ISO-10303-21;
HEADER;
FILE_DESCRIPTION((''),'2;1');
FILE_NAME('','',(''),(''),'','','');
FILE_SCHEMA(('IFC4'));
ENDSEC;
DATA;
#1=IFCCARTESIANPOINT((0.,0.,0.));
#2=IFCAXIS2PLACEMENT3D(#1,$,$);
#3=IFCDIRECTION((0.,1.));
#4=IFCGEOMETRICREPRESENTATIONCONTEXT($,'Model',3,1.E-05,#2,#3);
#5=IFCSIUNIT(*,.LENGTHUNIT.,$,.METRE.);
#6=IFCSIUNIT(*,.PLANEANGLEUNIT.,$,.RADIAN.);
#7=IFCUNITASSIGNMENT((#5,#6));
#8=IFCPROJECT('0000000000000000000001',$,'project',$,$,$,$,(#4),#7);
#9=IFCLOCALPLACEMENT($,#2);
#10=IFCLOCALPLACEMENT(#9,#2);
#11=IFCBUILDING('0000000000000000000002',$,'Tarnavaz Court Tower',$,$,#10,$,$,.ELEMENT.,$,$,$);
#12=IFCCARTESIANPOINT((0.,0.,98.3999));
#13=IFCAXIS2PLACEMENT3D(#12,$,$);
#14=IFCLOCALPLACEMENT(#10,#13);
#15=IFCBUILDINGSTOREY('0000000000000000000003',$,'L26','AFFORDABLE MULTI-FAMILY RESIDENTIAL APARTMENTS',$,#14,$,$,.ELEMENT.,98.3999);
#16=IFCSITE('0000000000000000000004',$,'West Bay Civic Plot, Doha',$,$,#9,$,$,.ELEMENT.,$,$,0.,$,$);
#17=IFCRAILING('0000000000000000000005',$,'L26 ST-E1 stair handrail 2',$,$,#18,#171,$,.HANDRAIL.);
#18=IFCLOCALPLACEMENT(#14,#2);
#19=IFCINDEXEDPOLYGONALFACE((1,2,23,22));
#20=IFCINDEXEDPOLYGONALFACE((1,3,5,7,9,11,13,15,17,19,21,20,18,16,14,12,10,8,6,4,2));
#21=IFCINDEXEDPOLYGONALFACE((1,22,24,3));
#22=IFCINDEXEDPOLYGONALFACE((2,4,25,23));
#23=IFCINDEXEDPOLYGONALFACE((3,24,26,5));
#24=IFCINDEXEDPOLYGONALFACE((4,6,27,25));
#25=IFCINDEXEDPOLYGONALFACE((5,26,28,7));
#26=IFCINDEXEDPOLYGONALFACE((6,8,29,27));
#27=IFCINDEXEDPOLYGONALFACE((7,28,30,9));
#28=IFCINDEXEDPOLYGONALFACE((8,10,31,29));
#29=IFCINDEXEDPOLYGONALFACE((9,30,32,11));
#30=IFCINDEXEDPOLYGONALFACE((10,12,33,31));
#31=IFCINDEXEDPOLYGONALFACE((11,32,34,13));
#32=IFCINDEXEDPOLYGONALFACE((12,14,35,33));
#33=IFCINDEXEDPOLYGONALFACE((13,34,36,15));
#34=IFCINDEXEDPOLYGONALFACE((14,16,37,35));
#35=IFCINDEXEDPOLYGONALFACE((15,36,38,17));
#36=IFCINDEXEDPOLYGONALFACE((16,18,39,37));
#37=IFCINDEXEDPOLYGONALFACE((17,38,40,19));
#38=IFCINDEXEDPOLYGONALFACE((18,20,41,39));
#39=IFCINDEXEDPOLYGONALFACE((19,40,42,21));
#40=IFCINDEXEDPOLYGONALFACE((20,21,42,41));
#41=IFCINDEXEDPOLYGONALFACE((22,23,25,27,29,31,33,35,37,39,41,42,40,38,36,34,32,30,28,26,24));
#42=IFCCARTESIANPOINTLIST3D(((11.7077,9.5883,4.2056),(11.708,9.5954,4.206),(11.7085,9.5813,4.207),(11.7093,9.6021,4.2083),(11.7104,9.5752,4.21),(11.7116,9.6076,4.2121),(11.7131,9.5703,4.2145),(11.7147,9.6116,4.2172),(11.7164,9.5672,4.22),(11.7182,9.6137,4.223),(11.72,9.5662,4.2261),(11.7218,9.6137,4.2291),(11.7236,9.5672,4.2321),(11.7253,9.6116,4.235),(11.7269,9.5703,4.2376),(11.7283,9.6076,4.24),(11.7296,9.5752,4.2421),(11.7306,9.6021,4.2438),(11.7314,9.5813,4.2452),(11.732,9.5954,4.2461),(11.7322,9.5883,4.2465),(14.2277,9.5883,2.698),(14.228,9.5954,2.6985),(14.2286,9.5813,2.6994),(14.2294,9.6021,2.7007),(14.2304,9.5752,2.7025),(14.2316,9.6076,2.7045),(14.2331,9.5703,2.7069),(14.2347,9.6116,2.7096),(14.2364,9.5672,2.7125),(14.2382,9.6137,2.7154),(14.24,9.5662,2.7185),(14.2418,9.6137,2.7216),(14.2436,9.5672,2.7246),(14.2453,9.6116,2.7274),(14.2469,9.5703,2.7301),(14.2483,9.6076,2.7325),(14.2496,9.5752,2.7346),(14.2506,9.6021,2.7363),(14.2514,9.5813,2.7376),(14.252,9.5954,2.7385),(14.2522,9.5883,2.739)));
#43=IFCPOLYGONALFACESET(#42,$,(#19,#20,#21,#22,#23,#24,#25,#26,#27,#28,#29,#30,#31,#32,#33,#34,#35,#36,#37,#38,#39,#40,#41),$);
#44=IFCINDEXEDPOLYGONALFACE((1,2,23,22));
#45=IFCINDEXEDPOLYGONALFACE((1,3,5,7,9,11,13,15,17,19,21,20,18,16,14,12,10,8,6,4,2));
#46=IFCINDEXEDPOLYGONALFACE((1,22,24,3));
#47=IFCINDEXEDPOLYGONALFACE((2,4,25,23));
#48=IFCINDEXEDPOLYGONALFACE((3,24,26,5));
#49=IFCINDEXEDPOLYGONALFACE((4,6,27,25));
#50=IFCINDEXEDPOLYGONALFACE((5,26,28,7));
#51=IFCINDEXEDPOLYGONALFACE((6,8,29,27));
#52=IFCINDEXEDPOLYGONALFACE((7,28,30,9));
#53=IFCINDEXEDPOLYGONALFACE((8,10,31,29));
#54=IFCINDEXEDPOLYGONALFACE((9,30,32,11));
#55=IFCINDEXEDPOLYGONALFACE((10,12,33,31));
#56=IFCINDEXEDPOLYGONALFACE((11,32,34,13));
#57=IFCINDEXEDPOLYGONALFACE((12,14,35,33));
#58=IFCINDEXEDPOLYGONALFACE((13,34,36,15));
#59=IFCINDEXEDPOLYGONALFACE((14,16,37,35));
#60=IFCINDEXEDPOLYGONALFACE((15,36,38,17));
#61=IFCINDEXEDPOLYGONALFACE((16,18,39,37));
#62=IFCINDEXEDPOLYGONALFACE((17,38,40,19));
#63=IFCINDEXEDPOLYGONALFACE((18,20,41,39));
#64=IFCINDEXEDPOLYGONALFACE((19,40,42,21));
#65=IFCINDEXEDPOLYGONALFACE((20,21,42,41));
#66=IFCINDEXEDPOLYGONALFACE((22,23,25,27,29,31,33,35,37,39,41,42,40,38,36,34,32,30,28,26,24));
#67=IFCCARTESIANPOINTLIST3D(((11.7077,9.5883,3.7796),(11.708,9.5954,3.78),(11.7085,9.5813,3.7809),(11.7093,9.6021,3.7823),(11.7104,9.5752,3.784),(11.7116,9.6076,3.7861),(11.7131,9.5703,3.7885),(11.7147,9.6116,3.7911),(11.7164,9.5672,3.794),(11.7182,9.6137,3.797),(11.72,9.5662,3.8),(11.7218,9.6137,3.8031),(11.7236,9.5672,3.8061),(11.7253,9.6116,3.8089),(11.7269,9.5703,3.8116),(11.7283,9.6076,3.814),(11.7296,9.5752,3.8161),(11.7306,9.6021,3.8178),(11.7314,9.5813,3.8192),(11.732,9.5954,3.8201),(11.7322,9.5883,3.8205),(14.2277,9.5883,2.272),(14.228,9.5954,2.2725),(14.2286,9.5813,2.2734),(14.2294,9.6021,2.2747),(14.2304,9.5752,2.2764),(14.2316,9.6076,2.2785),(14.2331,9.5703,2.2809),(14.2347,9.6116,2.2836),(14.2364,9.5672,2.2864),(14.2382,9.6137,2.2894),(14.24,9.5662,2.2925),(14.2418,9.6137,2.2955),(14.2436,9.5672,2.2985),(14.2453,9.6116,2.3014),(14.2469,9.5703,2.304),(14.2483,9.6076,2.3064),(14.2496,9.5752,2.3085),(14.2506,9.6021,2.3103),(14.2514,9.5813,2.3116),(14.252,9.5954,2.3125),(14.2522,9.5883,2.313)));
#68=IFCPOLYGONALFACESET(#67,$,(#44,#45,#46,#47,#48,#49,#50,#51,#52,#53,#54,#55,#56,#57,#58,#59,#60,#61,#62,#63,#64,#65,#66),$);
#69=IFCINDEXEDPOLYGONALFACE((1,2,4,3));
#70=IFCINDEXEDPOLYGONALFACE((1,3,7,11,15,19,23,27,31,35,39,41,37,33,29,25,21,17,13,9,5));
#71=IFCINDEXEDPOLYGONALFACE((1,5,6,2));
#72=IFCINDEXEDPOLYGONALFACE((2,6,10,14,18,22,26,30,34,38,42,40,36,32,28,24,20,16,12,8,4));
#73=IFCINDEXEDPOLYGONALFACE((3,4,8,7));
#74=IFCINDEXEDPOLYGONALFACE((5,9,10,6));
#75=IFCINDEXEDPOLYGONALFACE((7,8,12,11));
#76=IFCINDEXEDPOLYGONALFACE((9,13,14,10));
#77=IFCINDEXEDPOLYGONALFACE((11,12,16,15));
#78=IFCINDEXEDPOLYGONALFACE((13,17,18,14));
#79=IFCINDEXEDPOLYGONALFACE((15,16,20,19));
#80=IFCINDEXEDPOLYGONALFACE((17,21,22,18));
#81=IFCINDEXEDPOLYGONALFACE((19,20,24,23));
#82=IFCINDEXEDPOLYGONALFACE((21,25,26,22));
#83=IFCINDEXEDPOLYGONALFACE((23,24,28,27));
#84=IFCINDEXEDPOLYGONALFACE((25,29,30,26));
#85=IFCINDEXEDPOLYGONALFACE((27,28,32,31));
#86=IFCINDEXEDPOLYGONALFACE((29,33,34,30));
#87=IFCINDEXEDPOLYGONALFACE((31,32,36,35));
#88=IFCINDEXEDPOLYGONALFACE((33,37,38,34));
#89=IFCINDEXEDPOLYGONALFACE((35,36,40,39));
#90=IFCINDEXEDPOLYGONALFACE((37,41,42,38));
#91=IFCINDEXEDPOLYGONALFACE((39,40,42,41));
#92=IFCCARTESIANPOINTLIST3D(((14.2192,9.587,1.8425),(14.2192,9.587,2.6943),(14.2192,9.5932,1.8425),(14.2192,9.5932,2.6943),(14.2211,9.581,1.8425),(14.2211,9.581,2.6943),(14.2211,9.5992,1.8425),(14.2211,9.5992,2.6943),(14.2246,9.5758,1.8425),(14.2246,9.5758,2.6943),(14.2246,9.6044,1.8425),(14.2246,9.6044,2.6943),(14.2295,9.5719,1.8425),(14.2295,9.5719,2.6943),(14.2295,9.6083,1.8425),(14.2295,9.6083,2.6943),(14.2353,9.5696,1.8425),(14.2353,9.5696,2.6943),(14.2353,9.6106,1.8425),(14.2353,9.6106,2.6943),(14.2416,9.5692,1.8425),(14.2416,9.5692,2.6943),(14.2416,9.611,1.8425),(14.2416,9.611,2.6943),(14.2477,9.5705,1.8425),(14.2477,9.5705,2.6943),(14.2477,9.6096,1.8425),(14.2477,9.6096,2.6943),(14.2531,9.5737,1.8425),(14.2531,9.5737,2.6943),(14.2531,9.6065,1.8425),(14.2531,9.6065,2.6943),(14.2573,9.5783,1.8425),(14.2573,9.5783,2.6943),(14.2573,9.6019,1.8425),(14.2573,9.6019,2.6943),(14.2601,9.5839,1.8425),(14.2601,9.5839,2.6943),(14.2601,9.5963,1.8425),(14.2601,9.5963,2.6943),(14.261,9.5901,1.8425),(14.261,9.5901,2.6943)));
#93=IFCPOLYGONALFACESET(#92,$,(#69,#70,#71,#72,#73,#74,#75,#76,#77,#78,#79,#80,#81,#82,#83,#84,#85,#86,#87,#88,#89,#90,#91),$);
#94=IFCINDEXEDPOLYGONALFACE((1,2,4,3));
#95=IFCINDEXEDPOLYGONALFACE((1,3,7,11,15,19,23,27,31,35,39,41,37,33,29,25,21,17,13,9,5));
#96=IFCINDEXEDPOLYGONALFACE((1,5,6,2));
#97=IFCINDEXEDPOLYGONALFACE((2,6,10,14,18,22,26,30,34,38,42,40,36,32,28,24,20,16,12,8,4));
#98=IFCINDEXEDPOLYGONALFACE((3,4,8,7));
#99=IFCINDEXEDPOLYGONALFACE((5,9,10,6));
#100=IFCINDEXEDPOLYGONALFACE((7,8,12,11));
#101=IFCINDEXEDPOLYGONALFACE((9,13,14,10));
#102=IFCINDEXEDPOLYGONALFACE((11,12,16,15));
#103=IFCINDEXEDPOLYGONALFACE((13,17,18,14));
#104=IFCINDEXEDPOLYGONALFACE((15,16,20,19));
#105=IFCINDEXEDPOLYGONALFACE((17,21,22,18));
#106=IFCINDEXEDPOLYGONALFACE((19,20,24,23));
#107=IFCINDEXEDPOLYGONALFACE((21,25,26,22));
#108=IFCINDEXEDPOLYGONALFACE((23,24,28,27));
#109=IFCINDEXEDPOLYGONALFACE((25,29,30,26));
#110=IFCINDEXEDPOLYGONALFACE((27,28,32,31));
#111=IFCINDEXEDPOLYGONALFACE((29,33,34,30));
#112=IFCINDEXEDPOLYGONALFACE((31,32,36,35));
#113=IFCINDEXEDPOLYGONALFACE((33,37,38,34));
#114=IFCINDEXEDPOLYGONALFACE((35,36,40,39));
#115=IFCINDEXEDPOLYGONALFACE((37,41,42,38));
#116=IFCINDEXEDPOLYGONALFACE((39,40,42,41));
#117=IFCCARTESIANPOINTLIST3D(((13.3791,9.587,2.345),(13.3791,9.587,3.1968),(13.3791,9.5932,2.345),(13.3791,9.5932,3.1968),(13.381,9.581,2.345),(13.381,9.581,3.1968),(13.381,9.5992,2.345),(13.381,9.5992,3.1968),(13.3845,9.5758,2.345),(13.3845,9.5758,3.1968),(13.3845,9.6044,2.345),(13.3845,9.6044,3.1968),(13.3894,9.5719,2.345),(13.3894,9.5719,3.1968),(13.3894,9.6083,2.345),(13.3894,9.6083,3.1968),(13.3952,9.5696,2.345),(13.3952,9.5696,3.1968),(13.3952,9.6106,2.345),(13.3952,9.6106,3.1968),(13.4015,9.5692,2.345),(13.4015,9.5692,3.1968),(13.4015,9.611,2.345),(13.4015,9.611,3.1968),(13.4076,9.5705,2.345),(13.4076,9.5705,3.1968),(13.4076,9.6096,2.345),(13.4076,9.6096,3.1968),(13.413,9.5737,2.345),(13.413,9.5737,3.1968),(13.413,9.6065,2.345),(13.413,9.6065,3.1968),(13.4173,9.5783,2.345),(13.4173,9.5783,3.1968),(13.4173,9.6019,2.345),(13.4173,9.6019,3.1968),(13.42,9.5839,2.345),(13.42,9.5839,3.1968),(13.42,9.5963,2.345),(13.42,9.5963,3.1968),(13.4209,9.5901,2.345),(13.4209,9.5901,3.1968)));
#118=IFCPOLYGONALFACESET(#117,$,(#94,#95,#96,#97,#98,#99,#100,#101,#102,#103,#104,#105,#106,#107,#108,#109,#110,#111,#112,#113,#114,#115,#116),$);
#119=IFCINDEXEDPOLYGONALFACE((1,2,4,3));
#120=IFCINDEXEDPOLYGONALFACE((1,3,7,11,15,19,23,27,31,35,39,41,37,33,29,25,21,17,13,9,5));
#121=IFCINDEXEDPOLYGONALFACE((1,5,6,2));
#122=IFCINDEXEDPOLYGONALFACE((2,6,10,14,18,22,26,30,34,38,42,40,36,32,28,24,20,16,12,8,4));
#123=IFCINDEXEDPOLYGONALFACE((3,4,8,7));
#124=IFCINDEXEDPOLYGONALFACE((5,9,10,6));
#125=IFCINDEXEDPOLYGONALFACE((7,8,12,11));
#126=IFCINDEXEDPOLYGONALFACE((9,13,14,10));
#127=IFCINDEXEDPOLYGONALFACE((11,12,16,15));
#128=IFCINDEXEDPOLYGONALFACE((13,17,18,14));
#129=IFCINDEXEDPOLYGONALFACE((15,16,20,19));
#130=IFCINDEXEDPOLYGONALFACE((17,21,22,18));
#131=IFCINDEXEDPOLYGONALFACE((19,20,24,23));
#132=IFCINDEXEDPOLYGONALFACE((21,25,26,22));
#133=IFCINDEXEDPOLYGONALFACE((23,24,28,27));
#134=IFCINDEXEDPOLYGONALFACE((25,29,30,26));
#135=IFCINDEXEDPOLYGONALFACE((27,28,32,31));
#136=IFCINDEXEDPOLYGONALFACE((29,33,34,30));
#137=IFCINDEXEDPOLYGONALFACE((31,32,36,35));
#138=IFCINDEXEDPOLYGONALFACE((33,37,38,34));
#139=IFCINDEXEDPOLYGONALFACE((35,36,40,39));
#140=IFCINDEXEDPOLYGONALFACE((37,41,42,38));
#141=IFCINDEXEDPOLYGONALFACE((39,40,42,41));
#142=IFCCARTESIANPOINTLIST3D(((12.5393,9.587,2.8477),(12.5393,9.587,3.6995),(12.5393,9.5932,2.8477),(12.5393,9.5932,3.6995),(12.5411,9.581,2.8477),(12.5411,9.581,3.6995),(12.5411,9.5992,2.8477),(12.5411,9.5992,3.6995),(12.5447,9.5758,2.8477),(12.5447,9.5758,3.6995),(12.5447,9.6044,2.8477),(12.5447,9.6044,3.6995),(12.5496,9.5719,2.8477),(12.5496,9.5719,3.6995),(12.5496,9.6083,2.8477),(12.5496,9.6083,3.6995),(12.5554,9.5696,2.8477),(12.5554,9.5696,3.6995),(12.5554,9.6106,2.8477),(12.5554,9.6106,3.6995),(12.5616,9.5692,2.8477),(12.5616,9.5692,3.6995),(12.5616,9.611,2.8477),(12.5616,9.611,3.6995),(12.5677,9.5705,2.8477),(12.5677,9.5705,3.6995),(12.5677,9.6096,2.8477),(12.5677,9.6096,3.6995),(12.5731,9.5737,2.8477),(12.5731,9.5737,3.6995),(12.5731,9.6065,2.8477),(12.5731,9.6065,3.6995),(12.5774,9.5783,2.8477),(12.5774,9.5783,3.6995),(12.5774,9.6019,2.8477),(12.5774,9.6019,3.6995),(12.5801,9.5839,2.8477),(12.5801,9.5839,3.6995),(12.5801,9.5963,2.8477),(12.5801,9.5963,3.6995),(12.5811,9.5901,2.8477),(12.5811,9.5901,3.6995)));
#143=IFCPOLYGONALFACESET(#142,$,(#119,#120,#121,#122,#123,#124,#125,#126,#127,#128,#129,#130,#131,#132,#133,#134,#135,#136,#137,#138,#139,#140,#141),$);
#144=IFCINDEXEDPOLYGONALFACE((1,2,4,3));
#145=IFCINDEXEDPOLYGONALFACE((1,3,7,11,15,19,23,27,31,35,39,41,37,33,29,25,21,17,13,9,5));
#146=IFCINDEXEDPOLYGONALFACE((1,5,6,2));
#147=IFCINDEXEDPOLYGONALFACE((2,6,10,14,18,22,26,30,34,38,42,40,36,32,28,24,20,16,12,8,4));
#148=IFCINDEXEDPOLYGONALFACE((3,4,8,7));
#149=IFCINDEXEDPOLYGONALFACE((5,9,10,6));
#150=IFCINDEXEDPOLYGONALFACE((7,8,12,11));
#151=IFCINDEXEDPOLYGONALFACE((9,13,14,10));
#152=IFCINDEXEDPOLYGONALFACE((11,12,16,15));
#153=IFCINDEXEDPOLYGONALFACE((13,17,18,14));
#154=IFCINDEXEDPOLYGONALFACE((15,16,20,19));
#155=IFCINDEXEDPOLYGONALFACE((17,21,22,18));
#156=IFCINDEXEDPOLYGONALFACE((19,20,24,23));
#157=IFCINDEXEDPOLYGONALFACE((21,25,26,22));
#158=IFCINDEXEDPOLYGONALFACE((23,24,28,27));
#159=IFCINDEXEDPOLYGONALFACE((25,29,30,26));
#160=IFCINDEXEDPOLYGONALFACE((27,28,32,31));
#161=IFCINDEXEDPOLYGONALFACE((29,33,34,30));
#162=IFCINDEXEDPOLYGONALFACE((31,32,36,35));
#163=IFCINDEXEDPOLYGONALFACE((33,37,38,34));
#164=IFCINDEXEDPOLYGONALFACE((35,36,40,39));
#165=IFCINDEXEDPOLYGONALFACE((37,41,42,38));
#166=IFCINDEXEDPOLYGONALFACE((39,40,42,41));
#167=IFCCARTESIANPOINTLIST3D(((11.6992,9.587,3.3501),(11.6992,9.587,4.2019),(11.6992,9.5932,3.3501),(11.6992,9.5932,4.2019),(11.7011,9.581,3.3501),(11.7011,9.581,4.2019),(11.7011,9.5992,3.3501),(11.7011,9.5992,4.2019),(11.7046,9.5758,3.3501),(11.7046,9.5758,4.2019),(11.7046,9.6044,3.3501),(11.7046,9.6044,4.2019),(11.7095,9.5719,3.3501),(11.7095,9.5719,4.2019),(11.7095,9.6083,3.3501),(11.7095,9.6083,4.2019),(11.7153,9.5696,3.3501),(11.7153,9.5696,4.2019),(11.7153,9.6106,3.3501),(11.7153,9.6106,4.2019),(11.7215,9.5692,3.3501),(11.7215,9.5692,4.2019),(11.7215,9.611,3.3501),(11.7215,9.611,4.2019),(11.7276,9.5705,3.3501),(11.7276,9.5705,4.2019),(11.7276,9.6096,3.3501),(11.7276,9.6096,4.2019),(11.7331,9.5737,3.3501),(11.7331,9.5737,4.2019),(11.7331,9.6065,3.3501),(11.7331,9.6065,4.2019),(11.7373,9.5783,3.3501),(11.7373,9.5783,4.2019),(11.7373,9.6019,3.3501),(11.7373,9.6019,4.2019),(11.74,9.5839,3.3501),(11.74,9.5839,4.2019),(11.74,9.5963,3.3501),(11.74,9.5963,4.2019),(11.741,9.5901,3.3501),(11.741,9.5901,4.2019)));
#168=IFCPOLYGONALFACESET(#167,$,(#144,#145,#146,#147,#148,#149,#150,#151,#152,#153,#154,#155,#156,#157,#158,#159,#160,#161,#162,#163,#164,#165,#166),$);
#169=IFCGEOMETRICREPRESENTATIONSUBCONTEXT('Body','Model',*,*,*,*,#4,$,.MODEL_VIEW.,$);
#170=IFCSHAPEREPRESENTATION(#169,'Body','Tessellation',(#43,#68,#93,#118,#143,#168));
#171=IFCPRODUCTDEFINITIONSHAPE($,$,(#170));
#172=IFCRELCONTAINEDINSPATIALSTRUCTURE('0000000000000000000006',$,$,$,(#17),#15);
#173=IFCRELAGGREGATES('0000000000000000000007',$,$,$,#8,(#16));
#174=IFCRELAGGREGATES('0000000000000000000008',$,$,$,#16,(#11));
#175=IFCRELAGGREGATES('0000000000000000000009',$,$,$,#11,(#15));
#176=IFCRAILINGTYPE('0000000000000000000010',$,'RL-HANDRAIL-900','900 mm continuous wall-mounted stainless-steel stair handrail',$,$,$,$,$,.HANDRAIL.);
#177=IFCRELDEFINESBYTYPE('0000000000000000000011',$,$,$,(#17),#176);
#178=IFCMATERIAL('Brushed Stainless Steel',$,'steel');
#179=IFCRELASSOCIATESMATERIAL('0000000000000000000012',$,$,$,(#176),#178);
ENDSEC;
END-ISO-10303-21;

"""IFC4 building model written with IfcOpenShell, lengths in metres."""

from ifc_helpers import new_model, si_unit, direction, frame, origin, origin_2d, place, context, subcontext, project, spatial, circle, extrude, material, type_object, element, save


model = new_model("IFC4")

# Units and contexts
model_context = context("Model", 3, precision=1e-05, world=origin(), true_north=direction((0.0, 1.0)))
body_context = subcontext(model_context, "Body", "Model", "MODEL_VIEW")
ifc_project = project(units=[si_unit("LENGTHUNIT", "METRE"), si_unit("PLANEANGLEUNIT", "RADIAN")], contexts=[model_context])

# Site, building, storey
site_placement = place(None, origin())
site = spatial("IfcSite", under=ifc_project, at=site_placement, Name="West Bay Civic Plot, Doha", CompositionType="ELEMENT", RefElevation=0.0)
building_placement = place(site_placement, origin())
building = spatial("IfcBuilding", under=site, at=building_placement, Name="Tarnavaz Court Tower", CompositionType="ELEMENT")
storey_placement = place(building_placement, frame((0.0, 0.0, 98.3999)))
storey = spatial("IfcBuildingStorey", under=building, at=storey_placement, Name="L26", Description="AFFORDABLE MULTI-FAMILY RESIDENTIAL APARTMENTS", CompositionType="ELEMENT", Elevation=98.3999)

# Railing
ifc_material_1 = material(Name="Brushed Stainless Steel", Category="steel")
railing_type_1 = type_object("IfcRailingType", Name="RL-HANDRAIL-900", Description="900 mm continuous wall-mounted stainless-steel stair handrail", PredefinedType="HANDRAIL", material=ifc_material_1)
railing_1_placement = place(storey_placement, frame((14.24, 9.5901, 1.8425)))
element("IfcRailing", 1, at=railing_1_placement, inside=storey, type_object=railing_type_1, Name="L26 ST-E1 stair handrail 2", PredefinedType="HANDRAIL", context=body_context, shape_type="SweptSolid", body=[
    extrude(circle(Radius=0.0239, at=origin_2d()), frame((0.0, 0.0, 0.876), z_axis=(-0.85816, 0.0, 0.513383), x_axis=(0.0, -1.0, 0.0)), (0.0, 0.0, 1.0), 2.9365),
    extrude(circle(Radius=0.0239, at=origin_2d()), frame((0.0, 0.0, 0.45), z_axis=(-0.85816, 0.0, 0.513383), x_axis=(0.0, -1.0, 0.0)), (0.0, 0.0, 1.0), 2.9365),
    extrude(circle(Radius=0.021, at=origin_2d()), origin(), (0.0, 0.0, 1.0), 0.8518),
    extrude(circle(Radius=0.021, at=origin_2d()), frame((-0.8401, 0.0, 0.5024)), (0.0, 0.0, 1.0), 0.8518),
    extrude(circle(Radius=0.021, at=origin_2d()), frame((-1.6799, 0.0, 1.0051)), (0.0, 0.0, 1.0), 0.8518),
    extrude(circle(Radius=0.021, at=origin_2d()), frame((-2.52, 0.0, 1.5076)), (0.0, 0.0, 1.0), 0.8518),
])

save(model, "model.ifc")
